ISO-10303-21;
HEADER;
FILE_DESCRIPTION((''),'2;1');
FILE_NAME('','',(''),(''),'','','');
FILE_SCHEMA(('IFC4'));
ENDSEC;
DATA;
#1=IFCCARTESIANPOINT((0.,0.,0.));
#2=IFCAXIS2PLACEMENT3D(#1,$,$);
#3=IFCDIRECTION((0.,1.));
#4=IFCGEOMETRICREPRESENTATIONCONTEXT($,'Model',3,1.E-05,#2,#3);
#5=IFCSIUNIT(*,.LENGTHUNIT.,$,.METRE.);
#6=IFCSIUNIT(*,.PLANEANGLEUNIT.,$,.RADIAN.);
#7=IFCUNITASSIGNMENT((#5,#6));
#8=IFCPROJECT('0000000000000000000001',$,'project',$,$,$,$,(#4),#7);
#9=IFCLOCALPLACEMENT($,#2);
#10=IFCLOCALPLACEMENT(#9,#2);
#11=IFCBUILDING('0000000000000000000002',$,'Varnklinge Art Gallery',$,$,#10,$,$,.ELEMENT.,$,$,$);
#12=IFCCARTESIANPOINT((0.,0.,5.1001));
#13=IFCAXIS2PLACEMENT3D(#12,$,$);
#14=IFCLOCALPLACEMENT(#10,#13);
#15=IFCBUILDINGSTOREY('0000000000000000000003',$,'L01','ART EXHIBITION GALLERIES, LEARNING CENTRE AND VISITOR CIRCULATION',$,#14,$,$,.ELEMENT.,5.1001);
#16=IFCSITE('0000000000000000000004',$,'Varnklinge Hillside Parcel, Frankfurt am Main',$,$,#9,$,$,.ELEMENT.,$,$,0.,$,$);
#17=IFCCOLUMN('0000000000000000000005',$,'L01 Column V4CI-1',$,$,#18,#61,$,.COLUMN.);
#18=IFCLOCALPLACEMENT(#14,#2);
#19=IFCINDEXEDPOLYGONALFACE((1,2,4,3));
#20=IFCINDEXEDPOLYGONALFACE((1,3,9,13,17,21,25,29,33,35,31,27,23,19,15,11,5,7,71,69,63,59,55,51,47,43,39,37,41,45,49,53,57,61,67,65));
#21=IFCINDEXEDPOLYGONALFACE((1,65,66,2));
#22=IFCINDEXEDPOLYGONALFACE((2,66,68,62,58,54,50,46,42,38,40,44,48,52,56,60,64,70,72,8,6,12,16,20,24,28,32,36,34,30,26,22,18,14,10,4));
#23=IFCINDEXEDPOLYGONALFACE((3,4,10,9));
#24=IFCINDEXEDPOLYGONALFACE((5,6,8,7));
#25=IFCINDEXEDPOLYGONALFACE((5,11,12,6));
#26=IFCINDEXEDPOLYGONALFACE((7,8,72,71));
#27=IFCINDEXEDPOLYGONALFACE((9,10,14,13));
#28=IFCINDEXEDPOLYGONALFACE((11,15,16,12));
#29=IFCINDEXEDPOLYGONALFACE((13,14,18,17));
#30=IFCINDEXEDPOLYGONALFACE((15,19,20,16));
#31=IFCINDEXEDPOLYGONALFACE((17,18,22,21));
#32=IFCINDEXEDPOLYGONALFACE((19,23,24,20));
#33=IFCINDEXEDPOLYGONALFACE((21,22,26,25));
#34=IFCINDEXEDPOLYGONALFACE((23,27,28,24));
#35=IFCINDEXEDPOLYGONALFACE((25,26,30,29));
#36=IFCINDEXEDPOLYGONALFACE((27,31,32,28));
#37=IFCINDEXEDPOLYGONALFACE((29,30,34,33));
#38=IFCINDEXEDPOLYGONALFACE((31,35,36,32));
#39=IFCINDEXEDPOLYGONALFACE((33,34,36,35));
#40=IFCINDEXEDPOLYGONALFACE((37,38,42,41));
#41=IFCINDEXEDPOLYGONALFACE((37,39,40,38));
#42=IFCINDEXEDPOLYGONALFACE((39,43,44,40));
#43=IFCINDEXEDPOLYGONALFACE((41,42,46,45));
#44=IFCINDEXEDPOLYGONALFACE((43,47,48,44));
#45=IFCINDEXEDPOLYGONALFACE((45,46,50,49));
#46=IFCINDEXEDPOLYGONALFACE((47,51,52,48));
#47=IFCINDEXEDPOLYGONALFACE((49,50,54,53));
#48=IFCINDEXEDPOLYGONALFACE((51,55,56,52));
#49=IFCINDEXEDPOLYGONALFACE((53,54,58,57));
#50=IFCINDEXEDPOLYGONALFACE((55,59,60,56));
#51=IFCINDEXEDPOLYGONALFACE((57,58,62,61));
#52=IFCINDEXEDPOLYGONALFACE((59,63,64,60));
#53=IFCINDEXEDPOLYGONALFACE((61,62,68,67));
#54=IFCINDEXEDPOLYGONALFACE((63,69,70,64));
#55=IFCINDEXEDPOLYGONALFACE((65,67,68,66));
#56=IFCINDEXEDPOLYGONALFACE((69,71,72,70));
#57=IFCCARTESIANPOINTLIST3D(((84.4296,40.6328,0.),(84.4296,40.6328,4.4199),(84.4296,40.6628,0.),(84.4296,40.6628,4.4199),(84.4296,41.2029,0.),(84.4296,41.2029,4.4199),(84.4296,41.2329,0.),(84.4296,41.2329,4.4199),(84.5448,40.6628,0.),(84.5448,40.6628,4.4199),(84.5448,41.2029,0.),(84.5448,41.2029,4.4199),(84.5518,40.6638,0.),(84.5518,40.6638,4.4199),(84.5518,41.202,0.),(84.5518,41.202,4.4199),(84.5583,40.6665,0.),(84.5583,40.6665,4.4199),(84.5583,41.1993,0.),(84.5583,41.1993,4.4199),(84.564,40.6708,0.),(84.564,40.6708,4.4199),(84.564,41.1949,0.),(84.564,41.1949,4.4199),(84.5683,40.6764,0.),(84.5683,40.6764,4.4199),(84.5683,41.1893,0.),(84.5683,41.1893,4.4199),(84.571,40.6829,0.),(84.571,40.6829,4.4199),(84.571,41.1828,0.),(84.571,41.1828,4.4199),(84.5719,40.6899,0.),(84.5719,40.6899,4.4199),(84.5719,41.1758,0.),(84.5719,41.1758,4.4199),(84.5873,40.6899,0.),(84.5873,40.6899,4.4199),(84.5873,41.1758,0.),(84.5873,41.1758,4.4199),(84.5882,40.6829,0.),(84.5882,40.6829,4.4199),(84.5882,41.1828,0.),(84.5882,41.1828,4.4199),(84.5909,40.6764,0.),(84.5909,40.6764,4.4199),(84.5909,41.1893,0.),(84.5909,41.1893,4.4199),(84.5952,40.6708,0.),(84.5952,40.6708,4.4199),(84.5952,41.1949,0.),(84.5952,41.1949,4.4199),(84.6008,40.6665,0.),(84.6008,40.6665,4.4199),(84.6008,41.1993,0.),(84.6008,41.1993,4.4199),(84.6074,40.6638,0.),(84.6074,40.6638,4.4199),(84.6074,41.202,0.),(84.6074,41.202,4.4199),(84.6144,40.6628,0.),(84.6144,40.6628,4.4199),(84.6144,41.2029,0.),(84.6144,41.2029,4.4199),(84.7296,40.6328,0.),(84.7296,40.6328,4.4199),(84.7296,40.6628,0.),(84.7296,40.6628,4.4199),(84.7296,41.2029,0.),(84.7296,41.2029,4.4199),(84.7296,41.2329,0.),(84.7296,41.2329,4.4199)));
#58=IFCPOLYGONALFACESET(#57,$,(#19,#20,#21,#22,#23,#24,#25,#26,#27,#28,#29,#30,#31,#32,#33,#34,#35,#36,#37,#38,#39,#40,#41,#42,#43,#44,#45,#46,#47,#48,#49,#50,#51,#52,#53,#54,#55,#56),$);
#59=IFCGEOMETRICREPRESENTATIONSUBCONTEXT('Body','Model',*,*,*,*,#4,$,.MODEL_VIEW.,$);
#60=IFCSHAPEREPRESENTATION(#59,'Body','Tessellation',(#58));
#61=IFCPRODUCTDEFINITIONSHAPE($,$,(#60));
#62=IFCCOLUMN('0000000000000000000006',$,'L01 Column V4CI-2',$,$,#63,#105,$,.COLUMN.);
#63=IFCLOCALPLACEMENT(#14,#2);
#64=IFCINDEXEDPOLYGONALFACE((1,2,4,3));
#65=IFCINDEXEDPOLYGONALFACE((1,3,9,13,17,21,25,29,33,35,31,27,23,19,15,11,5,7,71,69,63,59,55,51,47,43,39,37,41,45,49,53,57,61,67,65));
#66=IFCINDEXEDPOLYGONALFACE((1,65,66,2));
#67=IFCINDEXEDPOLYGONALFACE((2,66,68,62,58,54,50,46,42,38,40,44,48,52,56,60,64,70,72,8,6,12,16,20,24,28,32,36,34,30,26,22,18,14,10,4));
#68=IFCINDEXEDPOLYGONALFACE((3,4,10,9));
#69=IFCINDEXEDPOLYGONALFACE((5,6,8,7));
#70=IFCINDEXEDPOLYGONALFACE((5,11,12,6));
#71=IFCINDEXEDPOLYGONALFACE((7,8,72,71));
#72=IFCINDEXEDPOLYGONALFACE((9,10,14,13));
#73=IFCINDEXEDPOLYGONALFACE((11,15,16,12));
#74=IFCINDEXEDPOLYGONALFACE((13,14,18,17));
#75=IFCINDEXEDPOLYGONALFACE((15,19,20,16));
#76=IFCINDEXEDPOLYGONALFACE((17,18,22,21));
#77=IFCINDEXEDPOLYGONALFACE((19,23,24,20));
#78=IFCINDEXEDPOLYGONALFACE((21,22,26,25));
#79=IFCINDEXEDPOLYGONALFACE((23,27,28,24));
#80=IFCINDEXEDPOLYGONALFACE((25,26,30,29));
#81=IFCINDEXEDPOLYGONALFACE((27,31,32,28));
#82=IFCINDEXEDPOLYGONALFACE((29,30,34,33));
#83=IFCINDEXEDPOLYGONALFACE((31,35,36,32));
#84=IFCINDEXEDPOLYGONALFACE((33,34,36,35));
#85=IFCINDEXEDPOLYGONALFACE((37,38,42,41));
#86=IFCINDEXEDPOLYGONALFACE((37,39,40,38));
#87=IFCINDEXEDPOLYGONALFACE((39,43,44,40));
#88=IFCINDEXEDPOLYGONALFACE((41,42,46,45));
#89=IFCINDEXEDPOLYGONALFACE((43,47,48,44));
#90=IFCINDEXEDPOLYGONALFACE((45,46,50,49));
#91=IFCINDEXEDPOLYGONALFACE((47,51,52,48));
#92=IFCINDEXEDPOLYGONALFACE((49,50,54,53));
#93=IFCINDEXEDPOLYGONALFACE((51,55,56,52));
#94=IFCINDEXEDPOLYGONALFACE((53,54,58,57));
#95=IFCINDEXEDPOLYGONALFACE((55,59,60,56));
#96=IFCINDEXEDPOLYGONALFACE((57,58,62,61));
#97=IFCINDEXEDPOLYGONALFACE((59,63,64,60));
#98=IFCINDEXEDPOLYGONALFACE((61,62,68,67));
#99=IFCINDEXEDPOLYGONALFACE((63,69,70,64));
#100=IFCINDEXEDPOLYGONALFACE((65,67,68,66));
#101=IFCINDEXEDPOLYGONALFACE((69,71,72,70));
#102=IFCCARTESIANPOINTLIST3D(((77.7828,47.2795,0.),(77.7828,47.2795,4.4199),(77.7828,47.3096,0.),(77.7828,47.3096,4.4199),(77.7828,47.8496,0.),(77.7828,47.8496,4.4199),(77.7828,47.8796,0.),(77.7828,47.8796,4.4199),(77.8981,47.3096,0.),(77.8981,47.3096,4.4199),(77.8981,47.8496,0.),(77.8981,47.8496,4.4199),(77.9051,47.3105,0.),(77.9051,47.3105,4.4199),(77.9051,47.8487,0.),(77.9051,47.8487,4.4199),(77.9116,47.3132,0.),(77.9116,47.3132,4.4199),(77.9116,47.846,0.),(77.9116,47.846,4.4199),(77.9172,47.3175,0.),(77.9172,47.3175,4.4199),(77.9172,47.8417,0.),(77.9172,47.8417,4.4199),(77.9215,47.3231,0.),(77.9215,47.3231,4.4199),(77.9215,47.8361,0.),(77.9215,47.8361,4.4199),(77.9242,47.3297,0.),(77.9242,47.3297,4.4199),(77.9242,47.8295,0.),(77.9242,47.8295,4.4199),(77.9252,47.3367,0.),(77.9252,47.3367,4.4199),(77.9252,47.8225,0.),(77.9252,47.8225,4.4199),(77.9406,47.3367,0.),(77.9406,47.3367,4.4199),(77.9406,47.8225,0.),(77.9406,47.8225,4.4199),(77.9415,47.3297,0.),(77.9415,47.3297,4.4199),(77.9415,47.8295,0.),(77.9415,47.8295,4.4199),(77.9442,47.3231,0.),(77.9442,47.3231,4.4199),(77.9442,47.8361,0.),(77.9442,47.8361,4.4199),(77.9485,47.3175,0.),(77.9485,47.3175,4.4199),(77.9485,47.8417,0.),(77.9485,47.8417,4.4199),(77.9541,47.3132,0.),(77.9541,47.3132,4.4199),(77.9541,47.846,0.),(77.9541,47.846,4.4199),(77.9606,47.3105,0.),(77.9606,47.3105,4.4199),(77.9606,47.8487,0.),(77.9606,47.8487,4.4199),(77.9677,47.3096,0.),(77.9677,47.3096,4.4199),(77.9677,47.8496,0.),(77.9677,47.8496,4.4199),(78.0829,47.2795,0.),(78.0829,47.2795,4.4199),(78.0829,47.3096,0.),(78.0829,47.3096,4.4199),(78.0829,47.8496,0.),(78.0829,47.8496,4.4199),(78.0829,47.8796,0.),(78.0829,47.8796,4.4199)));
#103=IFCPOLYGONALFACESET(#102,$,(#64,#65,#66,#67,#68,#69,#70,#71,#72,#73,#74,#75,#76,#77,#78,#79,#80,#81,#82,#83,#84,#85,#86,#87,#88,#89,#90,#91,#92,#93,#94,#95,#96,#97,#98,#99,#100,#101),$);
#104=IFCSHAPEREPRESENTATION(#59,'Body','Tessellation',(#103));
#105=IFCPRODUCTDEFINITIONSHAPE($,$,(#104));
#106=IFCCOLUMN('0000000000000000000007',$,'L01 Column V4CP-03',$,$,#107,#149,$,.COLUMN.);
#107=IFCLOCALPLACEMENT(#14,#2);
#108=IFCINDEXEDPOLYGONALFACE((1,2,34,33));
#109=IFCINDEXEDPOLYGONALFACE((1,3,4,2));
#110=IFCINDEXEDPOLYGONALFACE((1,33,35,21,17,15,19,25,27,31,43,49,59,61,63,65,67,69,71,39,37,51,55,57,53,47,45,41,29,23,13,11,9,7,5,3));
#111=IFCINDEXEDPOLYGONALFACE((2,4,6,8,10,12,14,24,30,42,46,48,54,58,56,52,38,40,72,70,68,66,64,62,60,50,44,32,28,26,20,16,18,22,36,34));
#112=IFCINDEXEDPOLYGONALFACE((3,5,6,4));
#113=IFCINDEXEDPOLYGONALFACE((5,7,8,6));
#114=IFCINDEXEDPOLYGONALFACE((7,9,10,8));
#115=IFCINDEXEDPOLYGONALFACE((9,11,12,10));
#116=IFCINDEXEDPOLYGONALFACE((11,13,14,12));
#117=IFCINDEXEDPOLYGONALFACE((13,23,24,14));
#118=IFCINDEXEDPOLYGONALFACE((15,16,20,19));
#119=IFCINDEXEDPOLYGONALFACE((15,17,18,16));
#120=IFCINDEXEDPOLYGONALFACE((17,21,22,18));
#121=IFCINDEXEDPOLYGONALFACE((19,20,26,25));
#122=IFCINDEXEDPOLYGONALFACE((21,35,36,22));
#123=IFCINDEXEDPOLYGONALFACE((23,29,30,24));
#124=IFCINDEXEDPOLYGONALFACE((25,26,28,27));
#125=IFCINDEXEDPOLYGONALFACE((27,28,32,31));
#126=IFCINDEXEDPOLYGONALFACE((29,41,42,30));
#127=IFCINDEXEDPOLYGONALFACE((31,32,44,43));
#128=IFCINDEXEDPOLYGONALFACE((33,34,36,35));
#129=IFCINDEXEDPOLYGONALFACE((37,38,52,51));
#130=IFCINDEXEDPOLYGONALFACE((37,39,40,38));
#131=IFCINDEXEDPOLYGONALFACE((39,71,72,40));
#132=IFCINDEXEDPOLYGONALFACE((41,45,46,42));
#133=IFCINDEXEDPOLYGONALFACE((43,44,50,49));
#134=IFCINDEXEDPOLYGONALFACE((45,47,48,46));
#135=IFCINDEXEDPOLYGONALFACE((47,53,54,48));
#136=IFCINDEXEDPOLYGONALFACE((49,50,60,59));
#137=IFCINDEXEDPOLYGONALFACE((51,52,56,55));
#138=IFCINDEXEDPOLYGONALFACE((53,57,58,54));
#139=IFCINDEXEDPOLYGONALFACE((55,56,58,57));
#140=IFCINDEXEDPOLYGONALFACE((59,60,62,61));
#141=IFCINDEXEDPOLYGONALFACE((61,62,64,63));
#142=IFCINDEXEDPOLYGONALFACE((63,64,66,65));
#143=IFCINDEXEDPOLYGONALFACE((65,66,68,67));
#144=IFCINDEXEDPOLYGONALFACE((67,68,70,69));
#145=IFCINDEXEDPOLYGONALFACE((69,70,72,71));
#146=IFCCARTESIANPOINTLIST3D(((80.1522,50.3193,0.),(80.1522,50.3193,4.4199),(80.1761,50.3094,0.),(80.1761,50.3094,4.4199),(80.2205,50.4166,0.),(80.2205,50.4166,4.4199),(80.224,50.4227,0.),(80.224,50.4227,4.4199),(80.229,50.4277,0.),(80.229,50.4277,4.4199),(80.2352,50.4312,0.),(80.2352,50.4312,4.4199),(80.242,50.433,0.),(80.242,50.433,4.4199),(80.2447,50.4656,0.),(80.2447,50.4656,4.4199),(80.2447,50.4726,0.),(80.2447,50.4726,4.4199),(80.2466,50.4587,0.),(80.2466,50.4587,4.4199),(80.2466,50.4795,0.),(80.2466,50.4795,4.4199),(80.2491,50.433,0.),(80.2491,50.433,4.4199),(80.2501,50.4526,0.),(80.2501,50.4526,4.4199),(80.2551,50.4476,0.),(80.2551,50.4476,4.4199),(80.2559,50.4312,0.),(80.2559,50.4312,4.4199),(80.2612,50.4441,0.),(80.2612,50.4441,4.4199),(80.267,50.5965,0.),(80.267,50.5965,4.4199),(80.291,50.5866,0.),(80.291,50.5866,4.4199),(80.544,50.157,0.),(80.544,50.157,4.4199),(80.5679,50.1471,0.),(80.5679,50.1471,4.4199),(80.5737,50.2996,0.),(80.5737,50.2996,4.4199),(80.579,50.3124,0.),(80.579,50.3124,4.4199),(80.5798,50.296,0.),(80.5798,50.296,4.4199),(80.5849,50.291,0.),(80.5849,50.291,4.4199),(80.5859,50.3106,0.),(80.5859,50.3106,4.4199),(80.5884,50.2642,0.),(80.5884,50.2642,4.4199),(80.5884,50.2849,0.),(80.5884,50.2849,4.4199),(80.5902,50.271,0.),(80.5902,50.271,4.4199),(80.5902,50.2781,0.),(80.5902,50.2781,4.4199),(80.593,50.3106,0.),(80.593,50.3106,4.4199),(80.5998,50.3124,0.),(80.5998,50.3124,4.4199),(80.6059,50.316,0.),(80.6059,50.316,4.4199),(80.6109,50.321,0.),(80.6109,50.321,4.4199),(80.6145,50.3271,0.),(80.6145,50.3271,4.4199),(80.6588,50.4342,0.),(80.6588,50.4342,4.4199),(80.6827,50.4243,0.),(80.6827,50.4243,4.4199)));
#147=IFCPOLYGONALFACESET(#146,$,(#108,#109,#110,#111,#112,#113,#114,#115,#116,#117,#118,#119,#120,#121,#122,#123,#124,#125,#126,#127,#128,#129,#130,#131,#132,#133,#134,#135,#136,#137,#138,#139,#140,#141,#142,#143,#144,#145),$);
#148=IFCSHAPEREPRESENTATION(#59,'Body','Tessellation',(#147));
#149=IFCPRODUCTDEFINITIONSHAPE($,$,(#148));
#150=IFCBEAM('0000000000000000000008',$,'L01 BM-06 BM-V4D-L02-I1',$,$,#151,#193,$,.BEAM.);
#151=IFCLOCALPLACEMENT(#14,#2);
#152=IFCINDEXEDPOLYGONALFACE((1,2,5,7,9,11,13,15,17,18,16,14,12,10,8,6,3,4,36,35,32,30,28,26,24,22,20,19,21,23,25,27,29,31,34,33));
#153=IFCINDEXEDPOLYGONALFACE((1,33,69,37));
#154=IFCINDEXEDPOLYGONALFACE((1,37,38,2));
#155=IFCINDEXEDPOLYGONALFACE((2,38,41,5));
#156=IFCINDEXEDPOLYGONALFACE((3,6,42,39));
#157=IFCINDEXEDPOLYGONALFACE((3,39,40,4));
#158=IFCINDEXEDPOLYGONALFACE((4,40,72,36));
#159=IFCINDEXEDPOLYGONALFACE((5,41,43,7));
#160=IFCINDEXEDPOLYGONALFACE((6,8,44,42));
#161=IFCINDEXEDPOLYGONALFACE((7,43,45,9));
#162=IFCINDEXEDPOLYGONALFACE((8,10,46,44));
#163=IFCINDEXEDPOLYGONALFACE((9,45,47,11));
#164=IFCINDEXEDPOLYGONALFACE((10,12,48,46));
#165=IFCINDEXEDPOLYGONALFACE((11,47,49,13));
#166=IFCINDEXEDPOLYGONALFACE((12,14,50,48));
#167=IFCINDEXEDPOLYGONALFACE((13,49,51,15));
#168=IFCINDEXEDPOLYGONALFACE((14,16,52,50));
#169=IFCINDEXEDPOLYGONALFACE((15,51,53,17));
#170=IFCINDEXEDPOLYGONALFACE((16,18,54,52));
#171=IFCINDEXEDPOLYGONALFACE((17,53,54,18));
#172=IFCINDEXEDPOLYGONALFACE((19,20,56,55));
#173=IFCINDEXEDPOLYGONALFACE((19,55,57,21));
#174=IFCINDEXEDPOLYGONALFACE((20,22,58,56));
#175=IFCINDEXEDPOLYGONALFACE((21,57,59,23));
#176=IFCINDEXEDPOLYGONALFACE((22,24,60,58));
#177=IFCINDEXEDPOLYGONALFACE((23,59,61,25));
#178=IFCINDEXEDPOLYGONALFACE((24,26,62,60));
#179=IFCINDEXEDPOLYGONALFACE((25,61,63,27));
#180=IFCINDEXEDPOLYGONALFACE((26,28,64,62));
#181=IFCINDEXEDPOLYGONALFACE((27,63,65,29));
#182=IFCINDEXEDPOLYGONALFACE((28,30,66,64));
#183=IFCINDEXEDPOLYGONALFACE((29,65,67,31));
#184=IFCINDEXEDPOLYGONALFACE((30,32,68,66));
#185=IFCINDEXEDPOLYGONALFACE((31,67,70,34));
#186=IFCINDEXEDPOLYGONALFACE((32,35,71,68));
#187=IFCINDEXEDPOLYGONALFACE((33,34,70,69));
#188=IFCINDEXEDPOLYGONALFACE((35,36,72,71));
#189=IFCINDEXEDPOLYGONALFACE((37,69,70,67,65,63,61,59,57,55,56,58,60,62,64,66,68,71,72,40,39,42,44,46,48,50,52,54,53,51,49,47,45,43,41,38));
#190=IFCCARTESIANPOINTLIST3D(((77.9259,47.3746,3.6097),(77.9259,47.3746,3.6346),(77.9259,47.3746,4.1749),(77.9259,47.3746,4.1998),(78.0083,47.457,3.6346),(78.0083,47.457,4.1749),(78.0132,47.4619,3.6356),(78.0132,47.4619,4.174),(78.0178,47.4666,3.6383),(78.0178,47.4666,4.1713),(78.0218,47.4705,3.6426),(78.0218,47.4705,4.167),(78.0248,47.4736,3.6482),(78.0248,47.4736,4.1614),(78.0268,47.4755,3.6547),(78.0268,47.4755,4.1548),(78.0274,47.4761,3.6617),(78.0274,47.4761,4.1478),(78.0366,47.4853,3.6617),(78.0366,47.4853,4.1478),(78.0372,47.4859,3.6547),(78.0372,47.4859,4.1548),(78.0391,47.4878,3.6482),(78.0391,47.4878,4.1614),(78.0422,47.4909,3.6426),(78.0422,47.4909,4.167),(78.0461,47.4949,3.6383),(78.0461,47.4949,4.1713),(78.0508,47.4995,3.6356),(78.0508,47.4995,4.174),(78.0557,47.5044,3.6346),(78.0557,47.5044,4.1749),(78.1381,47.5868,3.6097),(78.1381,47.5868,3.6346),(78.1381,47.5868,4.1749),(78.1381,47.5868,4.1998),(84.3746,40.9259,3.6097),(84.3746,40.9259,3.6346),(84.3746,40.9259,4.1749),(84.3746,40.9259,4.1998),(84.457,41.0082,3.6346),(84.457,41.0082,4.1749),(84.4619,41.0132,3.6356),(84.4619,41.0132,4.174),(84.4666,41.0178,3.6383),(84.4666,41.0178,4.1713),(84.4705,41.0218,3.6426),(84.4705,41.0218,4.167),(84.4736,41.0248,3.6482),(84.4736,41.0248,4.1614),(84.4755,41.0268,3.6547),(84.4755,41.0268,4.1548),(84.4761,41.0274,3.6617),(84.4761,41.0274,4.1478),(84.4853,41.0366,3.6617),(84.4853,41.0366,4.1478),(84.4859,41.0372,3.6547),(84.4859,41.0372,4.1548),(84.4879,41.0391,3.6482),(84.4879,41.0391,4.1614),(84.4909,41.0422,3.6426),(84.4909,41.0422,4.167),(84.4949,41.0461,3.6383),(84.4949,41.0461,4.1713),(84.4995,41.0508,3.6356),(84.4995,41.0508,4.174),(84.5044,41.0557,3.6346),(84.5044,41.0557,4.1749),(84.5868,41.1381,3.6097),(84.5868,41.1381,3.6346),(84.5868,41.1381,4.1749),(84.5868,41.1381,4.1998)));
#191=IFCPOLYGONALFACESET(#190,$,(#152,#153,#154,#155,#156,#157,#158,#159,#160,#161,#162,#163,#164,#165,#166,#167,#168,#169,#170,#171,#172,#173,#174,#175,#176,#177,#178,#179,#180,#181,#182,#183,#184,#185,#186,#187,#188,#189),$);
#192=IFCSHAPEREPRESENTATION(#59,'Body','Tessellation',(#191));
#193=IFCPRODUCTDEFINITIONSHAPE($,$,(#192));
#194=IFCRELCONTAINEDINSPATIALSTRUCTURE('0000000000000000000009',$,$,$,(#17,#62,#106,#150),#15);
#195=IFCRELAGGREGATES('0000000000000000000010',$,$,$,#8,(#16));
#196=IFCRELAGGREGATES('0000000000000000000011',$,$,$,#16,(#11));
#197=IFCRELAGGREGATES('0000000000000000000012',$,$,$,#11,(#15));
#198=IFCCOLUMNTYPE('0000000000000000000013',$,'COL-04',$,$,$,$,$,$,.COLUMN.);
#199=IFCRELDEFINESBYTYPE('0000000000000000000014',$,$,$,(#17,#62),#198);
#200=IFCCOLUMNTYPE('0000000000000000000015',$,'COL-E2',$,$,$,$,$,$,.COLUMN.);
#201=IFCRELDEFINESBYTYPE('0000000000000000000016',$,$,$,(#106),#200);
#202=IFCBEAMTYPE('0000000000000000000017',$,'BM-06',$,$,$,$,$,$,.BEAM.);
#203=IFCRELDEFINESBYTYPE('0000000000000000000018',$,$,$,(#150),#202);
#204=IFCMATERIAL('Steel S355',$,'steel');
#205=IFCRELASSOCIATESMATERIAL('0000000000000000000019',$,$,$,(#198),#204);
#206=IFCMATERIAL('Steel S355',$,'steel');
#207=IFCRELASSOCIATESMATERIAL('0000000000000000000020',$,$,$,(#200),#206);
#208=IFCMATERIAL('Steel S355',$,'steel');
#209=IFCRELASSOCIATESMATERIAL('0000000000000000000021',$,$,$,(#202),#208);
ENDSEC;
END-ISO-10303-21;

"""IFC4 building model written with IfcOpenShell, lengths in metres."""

from ifc_helpers import new_model, si_unit, direction, frame, origin, origin_2d, place, context, subcontext, project, spatial, i_section, extrude, material, material_profile, profile_set, type_object, element, save


model = new_model("IFC4")

# Units and contexts
model_context = context("Model", 3, precision=1e-05, world=origin(), true_north=direction((0.0, 1.0)))
body_context = subcontext(model_context, "Body", "Model", "MODEL_VIEW")
ifc_project = project(units=[si_unit("LENGTHUNIT", "METRE"), si_unit("PLANEANGLEUNIT", "RADIAN")], contexts=[model_context])

# Site, building, storey
site_placement = place(None, origin())
site = spatial("IfcSite", under=ifc_project, at=site_placement, Name="Varnklinge Hillside Parcel, Frankfurt am Main", CompositionType="ELEMENT", RefElevation=0.0)
building_placement = place(site_placement, origin())
building = spatial("IfcBuilding", under=site, at=building_placement, Name="Varnklinge Art Gallery", CompositionType="ELEMENT")
storey_placement = place(building_placement, frame((0.0, 0.0, 5.1001)))
storey = spatial("IfcBuildingStorey", under=building, at=storey_placement, Name="L01", Description="ART EXHIBITION GALLERIES, LEARNING CENTRE AND VISITOR CIRCULATION", CompositionType="ELEMENT", Elevation=5.1001)

# Columns
ifc_material_1 = material(Name="Steel S355", Category="steel")
ifc_material_profile_1 = material_profile(ifc_material_1, i_section(OverallWidth=0.3, OverallDepth=0.6001, WebThickness=0.0154, FlangeThickness=0.03, FilletRadius=0.0271, at=origin_2d()), Name="HEB 600")
ifc_profile_set_1 = profile_set([ifc_material_profile_1], Name="Steel S355")
column_type_1 = type_object("IfcColumnType", Name="COL-04", PredefinedType="COLUMN", material=ifc_profile_set_1)
for number, where, z_axis, x_axis, name in (
    (1, (84.5796, 40.9329, 0.0), (0.0, 0.0, 1.0), (1.0, 0.0, 0.0), "L01 Column V4CI-1"),
    (2, (77.9329, 47.5796, 0.0), (0.0, 0.0, 1.0), (1.0, 0.0, 0.0), "L01 Column V4CI-2"),
):
    element("IfcColumn", number, at=place(storey_placement, frame(where, z_axis=z_axis, x_axis=x_axis)), inside=storey, type_object=column_type_1, Name=name, PredefinedType="COLUMN", context=body_context, shape_type="SweptSolid", body=[
        extrude(i_section(OverallWidth=0.3, OverallDepth=0.6001, WebThickness=0.0154, FlangeThickness=0.03, FilletRadius=0.0271, at=origin_2d()), origin(), (0.0, 0.0, 1.0), 4.4199),
    ])
ifc_material_2 = material(Name="Steel S355", Category="steel")
ifc_material_profile_2 = material_profile(ifc_material_2, i_section(OverallWidth=0.3, OverallDepth=0.45, WebThickness=0.0139, FlangeThickness=0.0259, FilletRadius=0.0271, at=origin_2d()), Name="HEB 450")
ifc_profile_set_2 = profile_set([ifc_material_profile_2], Name="Steel S355")
column_type_2 = type_object("IfcColumnType", Name="COL-E2", PredefinedType="COLUMN", material=ifc_profile_set_2)
column_placement = place(storey_placement, frame((80.4175, 50.3718, 0.0), z_axis=(0.0, 0.0, 1.0), x_axis=(0.382683, 0.92388, 0.0)))
element("IfcColumn", 3, at=column_placement, inside=storey, type_object=column_type_2, Name="L01 Column V4CP-03", PredefinedType="COLUMN", context=body_context, shape_type="SweptSolid", body=[
    extrude(i_section(OverallWidth=0.3, OverallDepth=0.45, WebThickness=0.0139, FlangeThickness=0.0259, FilletRadius=0.0271, at=origin_2d()), origin(), (0.0, 0.0, 1.0), 4.4199),
])

# Beam
ifc_material_3 = material(Name="Steel S355", Category="steel")
ifc_material_profile_3 = material_profile(ifc_material_3, i_section(OverallWidth=0.3, OverallDepth=0.5901, WebThickness=0.0129, FlangeThickness=0.0249, FilletRadius=0.0271, at=origin_2d()), Name="HEA 600")
ifc_profile_set_3 = profile_set([ifc_material_profile_3], Name="Steel S355")
beam_type_1 = type_object("IfcBeamType", Name="BM-06", PredefinedType="BEAM", material=ifc_profile_set_3)
beam_1_placement = place(storey_placement, frame((84.4807, 41.032, 3.9048), z_axis=(-0.707107, 0.707107, 0.0), x_axis=(-0.707107, -0.707107, 0.0)))
element("IfcBeam", 4, at=beam_1_placement, inside=storey, type_object=beam_type_1, Name="L01 BM-06 BM-V4D-L02-I1", PredefinedType="BEAM", context=body_context, shape_type="SweptSolid", body=[
    extrude(i_section(OverallWidth=0.3, OverallDepth=0.5901, WebThickness=0.0129, FlangeThickness=0.0249, FilletRadius=0.0271, at=origin_2d()), origin(), (0.0, 0.0, 1.0), 9.1199),
])

save(model, "model.ifc")
